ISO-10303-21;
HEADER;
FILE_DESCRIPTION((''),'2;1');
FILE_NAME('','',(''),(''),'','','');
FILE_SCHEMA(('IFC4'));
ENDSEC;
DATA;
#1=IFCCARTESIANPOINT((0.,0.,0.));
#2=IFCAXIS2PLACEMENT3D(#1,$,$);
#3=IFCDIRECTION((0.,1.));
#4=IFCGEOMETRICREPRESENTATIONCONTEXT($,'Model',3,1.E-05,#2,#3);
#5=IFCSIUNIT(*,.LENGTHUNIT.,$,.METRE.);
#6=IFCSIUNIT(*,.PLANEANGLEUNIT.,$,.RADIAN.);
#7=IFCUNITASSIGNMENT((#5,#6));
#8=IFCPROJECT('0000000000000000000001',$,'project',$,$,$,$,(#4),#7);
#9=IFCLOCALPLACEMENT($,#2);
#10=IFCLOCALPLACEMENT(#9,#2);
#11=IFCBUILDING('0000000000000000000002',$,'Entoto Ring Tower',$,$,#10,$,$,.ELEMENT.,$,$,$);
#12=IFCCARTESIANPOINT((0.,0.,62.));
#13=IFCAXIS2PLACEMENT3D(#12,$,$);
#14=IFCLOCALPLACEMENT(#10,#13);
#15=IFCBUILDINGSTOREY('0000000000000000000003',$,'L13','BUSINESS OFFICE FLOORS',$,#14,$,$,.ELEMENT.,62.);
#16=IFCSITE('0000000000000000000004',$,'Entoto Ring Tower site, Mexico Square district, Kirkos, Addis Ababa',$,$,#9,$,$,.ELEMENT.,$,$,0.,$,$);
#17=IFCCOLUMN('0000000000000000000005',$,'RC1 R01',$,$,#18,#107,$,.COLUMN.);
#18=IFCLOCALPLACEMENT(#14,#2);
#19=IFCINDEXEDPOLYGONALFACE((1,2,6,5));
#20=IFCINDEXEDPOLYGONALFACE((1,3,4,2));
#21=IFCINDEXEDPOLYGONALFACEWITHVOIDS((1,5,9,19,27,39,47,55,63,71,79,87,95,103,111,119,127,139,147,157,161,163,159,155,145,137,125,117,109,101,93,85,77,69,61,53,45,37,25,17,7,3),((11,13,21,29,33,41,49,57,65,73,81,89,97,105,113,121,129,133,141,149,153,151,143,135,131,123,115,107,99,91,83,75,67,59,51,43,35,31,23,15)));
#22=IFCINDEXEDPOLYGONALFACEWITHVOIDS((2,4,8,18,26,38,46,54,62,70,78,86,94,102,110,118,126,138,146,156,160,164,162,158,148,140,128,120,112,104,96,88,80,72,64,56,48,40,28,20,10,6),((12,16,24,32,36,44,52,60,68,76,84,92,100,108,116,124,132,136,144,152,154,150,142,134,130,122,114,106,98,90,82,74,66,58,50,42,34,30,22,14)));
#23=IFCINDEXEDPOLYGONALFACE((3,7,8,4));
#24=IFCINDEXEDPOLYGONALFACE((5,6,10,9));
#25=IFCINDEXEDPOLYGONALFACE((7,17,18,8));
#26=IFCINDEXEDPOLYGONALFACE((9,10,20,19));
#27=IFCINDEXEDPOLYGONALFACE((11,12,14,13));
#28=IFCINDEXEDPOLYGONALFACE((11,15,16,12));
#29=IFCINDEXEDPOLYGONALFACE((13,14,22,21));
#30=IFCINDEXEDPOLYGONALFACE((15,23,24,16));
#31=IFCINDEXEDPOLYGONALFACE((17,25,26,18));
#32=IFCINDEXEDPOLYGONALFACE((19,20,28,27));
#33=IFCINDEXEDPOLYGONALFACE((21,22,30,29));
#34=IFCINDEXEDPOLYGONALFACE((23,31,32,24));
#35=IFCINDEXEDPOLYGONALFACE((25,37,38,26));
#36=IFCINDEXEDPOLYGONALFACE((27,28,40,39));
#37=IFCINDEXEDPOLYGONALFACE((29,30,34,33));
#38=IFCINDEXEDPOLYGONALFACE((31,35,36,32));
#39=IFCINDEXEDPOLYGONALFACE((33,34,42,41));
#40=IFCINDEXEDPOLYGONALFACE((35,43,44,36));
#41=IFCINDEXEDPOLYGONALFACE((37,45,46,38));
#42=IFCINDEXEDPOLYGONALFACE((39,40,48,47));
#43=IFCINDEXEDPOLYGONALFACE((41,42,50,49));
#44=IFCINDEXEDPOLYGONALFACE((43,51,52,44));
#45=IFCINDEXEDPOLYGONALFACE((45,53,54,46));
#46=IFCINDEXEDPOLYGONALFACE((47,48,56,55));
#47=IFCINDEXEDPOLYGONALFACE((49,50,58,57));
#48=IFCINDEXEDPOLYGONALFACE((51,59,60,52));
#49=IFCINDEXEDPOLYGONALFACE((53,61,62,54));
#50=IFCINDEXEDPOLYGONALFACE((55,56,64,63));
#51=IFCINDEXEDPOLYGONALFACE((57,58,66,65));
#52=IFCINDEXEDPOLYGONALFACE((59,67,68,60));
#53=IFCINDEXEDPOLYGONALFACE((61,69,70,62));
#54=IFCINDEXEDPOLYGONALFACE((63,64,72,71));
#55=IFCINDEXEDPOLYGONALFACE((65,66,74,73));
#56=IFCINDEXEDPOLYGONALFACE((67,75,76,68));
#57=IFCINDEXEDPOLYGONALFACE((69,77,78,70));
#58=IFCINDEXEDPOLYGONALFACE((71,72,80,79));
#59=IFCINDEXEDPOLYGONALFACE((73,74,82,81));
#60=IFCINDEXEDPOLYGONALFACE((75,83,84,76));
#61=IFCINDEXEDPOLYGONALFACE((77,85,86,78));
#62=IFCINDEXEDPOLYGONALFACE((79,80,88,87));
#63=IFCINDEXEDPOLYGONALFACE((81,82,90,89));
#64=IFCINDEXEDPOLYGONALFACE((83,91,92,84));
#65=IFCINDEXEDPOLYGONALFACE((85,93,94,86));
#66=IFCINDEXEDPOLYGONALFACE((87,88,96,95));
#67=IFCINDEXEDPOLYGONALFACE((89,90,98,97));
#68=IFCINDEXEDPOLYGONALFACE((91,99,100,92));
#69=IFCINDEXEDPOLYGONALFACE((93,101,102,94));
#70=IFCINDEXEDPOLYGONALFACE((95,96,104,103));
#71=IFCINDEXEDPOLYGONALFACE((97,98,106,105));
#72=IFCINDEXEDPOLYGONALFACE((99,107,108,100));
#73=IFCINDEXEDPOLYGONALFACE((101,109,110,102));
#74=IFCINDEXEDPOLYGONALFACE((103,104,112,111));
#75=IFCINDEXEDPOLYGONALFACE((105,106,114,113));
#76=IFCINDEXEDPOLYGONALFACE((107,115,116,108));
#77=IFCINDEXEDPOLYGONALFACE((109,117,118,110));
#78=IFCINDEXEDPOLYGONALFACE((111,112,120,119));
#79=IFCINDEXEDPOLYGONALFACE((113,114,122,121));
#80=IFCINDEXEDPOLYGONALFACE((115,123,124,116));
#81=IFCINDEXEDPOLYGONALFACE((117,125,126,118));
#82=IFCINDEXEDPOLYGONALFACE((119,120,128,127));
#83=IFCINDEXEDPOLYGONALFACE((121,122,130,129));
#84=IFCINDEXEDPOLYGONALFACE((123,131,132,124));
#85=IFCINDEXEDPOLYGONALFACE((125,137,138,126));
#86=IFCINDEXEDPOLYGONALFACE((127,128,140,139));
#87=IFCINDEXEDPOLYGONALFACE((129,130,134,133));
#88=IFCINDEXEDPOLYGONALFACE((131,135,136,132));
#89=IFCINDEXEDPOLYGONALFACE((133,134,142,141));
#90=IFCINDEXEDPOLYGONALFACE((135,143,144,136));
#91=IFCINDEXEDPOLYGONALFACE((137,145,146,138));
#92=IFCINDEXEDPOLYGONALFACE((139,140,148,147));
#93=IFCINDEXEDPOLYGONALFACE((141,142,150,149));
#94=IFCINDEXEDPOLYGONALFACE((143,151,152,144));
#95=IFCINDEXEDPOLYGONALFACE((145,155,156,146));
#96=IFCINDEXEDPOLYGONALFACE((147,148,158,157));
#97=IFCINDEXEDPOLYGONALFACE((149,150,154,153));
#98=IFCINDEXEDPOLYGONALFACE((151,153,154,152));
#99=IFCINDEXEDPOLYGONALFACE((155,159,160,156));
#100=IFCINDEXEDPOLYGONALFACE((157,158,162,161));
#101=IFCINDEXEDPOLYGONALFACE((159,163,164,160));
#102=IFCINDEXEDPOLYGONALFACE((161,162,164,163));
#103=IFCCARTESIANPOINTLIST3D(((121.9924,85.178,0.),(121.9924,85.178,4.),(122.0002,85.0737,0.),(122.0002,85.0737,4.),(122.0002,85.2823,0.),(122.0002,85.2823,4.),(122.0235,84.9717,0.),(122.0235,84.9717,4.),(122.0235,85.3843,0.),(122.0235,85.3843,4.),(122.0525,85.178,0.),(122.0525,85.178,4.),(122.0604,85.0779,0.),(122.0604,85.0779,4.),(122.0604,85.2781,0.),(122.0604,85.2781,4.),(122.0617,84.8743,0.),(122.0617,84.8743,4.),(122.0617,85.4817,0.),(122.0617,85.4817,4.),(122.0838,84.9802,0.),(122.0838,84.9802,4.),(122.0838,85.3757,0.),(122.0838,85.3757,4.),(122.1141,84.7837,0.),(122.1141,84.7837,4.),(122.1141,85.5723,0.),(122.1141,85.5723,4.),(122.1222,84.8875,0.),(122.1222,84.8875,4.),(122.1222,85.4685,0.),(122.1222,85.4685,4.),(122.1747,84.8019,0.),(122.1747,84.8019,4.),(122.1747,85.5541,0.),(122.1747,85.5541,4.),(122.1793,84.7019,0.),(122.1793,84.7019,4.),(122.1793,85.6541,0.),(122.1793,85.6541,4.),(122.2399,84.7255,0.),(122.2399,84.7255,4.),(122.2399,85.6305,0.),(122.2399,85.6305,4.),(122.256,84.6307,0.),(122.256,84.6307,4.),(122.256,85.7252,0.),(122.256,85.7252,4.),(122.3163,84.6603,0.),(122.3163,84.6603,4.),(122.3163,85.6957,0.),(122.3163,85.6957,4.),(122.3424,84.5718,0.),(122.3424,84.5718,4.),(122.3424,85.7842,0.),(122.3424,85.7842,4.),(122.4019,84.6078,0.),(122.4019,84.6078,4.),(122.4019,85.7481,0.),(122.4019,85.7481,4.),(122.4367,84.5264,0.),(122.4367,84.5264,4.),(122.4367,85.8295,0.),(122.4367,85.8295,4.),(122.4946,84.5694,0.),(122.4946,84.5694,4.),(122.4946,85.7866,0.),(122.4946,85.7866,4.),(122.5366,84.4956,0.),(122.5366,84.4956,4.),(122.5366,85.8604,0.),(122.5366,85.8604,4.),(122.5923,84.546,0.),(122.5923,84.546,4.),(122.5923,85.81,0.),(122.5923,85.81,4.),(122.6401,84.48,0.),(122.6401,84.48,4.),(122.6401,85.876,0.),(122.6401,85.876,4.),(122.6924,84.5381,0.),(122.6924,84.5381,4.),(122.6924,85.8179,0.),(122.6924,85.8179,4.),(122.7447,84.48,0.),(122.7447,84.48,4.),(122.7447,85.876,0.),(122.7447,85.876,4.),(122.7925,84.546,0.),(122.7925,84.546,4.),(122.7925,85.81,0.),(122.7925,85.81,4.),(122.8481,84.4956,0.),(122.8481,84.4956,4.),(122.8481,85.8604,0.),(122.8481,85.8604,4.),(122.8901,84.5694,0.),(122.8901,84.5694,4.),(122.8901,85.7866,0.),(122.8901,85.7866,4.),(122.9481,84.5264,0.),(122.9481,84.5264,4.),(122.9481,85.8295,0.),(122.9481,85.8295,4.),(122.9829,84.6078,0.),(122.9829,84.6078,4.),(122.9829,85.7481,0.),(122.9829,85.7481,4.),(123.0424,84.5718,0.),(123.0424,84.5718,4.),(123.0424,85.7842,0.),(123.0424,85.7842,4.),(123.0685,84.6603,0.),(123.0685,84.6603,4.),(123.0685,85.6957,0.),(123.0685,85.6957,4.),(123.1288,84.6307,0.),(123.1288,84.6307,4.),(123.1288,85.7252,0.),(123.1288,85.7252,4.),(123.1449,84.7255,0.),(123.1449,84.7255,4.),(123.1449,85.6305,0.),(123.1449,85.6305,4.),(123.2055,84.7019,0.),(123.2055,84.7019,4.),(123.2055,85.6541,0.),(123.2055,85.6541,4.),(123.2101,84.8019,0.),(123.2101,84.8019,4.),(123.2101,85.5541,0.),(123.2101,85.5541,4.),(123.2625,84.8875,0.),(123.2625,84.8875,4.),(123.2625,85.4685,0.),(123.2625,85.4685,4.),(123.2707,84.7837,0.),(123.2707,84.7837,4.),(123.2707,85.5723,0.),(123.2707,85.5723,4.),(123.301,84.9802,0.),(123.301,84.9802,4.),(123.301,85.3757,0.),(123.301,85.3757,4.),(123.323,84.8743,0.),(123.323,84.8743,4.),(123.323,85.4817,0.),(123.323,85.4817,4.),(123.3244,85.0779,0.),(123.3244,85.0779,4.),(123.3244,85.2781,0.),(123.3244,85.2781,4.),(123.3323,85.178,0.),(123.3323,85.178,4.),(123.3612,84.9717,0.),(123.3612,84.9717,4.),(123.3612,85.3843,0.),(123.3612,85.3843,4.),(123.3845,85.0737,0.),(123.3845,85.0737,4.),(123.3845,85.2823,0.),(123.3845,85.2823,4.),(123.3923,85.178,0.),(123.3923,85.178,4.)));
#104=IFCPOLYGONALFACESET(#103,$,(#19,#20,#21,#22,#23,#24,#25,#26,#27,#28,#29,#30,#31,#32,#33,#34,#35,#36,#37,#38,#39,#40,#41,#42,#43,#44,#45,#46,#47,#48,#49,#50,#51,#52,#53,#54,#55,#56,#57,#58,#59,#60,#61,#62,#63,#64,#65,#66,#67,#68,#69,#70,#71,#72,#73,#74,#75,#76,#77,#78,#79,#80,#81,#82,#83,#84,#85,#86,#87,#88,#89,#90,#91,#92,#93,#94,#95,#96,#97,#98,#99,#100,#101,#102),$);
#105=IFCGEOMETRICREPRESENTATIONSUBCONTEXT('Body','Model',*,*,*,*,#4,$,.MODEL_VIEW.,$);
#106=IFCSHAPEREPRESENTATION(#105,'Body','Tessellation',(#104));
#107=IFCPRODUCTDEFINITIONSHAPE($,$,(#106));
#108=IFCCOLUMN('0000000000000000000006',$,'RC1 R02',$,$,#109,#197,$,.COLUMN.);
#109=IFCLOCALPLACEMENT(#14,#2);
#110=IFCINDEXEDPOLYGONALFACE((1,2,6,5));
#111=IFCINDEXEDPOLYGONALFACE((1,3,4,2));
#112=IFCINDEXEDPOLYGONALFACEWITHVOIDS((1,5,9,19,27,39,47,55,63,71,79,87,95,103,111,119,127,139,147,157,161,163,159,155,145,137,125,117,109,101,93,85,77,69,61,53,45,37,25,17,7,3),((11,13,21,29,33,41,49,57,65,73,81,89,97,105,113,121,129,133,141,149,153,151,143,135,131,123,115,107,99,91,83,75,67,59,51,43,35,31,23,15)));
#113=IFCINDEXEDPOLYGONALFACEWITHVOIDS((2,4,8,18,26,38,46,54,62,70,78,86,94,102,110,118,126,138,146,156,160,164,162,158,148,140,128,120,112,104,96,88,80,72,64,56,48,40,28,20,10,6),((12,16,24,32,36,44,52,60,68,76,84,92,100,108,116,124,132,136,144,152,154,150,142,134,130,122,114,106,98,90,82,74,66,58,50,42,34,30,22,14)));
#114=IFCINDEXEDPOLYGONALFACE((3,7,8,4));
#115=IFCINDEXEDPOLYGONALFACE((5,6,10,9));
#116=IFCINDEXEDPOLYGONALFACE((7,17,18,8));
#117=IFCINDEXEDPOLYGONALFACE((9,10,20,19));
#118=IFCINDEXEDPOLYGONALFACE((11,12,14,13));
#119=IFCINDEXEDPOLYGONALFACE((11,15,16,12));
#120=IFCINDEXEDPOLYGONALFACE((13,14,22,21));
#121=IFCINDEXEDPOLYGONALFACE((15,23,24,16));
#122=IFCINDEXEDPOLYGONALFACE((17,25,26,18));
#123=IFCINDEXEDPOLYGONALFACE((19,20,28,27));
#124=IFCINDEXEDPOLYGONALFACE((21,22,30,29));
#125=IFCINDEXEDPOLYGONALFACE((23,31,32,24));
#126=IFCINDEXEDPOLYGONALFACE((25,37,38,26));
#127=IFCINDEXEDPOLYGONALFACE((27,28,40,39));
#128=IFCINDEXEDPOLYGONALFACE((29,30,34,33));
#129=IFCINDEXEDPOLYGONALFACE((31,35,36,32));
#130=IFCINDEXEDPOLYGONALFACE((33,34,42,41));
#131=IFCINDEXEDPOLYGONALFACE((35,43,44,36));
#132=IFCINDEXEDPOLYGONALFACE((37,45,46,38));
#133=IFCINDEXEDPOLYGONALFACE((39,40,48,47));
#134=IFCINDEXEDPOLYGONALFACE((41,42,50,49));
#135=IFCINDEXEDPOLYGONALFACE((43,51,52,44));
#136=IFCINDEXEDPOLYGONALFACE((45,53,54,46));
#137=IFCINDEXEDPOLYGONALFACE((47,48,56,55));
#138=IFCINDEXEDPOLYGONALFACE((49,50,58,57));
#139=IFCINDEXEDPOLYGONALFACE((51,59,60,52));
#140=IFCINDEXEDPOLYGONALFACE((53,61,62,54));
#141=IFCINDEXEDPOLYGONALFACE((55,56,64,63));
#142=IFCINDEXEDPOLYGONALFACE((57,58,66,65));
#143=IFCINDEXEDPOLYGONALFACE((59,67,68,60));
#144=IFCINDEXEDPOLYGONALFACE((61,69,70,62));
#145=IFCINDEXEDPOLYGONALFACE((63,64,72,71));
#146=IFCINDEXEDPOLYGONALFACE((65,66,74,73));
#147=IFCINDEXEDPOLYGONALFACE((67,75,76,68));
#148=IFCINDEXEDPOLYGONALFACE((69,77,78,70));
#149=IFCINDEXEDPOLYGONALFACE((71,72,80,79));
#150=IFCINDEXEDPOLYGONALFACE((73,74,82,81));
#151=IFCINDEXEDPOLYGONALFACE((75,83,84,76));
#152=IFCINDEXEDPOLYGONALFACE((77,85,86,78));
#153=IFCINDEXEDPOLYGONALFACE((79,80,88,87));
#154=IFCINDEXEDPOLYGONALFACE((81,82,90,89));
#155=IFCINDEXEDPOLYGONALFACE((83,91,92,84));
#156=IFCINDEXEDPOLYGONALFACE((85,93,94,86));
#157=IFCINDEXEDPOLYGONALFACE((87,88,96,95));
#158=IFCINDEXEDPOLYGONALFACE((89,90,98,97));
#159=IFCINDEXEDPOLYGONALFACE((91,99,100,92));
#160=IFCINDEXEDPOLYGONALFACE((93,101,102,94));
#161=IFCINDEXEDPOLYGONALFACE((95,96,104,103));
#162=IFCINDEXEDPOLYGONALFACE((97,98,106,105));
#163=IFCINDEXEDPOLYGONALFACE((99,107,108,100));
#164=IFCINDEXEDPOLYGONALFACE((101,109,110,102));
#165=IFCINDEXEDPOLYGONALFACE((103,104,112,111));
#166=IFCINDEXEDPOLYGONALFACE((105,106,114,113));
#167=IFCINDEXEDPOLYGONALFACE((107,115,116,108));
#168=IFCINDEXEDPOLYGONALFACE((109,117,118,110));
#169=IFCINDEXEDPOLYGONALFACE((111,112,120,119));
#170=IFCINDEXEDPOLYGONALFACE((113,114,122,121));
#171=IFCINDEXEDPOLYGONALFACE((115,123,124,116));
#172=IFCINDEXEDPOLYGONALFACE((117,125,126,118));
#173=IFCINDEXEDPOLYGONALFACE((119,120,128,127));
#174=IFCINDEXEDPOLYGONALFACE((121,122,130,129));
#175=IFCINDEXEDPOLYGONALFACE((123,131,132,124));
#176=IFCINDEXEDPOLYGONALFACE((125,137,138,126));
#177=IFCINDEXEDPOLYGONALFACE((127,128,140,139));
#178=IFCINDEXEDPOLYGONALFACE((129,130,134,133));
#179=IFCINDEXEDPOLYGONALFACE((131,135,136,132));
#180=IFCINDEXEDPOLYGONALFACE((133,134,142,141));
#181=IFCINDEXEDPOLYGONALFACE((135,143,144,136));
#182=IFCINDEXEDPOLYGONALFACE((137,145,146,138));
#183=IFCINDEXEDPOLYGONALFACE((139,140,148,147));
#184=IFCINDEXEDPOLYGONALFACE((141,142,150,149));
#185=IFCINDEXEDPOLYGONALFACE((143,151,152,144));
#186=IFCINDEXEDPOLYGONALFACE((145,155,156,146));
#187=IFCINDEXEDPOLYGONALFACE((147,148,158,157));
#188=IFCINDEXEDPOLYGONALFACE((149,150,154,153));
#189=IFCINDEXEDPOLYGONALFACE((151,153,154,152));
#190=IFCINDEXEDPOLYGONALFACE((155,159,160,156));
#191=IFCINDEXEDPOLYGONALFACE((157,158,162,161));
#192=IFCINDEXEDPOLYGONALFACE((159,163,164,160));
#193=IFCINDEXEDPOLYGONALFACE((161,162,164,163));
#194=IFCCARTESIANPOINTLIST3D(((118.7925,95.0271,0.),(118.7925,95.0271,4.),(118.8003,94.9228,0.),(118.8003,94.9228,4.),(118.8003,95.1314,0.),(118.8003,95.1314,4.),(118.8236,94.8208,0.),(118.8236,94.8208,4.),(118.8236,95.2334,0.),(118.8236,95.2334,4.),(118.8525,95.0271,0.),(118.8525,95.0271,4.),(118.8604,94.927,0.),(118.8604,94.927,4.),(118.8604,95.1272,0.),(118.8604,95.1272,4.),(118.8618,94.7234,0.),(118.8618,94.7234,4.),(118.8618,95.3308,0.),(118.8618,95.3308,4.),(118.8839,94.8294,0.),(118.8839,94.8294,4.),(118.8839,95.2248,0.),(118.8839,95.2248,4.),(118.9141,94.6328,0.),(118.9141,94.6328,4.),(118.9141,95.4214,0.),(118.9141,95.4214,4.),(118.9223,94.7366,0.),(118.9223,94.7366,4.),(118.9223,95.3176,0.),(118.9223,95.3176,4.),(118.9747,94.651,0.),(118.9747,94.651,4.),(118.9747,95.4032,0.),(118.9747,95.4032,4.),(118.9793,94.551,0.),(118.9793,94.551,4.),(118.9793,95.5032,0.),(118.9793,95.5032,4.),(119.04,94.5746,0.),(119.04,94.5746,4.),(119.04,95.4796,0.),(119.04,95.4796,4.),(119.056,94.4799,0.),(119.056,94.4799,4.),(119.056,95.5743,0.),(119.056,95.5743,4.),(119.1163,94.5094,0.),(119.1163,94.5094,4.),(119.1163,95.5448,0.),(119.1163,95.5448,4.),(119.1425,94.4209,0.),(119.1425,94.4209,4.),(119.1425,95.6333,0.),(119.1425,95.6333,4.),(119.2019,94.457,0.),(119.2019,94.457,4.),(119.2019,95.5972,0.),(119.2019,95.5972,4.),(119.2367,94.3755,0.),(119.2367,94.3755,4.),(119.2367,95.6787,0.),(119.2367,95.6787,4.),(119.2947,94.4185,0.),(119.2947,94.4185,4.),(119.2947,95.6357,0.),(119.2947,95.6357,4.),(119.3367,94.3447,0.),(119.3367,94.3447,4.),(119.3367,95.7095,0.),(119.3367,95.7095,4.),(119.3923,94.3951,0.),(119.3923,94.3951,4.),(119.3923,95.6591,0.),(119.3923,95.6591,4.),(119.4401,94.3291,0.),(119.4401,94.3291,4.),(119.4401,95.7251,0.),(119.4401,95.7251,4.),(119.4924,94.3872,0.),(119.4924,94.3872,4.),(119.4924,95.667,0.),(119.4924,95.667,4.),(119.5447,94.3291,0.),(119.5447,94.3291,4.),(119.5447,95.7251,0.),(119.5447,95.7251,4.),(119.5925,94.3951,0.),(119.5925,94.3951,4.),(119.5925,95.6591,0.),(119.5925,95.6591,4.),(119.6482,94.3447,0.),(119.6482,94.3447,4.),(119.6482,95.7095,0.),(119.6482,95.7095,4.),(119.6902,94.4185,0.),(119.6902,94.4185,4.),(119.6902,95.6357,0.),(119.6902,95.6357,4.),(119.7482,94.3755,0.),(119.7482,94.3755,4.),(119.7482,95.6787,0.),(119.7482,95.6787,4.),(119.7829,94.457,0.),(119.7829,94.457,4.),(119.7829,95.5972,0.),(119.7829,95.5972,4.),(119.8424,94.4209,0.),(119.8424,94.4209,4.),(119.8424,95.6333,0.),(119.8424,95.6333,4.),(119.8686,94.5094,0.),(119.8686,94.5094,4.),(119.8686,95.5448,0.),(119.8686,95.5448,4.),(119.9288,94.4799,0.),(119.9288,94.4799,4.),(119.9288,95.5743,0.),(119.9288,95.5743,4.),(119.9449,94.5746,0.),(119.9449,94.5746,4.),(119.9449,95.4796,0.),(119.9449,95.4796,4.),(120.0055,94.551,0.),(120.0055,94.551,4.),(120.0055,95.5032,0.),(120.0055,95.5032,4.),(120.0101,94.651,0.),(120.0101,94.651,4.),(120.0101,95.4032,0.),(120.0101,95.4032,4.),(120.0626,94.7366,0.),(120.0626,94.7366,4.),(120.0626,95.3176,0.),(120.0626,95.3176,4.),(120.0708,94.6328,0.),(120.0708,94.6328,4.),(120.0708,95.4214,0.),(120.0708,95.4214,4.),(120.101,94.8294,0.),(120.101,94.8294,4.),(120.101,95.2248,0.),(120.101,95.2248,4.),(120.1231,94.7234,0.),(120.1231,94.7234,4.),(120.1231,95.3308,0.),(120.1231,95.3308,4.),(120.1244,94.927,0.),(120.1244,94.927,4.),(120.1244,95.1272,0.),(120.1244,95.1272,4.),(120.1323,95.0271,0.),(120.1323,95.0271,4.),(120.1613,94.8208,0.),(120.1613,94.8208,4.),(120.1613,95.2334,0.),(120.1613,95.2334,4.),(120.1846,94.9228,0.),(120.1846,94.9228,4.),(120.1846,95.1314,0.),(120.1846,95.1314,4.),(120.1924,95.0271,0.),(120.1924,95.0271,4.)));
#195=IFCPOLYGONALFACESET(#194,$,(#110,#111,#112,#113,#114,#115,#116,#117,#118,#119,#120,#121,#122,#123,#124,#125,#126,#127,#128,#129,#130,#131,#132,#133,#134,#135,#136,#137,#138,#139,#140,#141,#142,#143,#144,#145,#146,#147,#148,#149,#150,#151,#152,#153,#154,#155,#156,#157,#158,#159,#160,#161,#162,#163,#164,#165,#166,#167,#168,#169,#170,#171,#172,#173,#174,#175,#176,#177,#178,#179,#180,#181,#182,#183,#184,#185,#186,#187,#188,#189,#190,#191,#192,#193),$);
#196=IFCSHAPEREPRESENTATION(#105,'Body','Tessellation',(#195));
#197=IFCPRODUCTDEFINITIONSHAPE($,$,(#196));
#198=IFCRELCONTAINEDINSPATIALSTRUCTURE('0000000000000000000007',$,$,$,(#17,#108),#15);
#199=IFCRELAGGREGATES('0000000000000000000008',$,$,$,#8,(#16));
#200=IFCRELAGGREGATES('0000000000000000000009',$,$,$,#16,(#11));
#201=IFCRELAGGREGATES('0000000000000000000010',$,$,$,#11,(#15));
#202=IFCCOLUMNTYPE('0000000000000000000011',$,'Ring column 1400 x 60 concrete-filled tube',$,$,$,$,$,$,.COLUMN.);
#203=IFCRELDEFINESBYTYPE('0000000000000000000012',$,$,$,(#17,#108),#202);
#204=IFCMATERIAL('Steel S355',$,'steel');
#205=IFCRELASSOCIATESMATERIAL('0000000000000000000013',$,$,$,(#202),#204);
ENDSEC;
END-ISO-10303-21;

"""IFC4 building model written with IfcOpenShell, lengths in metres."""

from ifc_helpers import new_model, si_unit, direction, frame, origin, origin_2d, place, context, subcontext, project, spatial, circle, hollow_circle, extrude, material, material_profile, profile_set, type_object, element, save


model = new_model("IFC4")

# Units and contexts
model_context = context("Model", 3, precision=1e-05, world=origin(), true_north=direction((0.0, 1.0)))
body_context = subcontext(model_context, "Body", "Model", "MODEL_VIEW")
ifc_project = project(units=[si_unit("LENGTHUNIT", "METRE"), si_unit("PLANEANGLEUNIT", "RADIAN")], contexts=[model_context])

# Site, building, storey
site_placement = place(None, origin())
site = spatial("IfcSite", under=ifc_project, at=site_placement, Name="Entoto Ring Tower site, Mexico Square district, Kirkos, Addis Ababa", CompositionType="ELEMENT", RefElevation=0.0)
building_placement = place(site_placement, origin())
building = spatial("IfcBuilding", under=site, at=building_placement, Name="Entoto Ring Tower", CompositionType="ELEMENT")
storey_placement = place(building_placement, frame((0.0, 0.0, 62.0)))
storey = spatial("IfcBuildingStorey", under=building, at=storey_placement, Name="L13", Description="BUSINESS OFFICE FLOORS", CompositionType="ELEMENT", Elevation=62.0)

# Columns
ifc_material_1 = material(Name="Steel S355", Category="steel")
ifc_material_profile_1 = material_profile(ifc_material_1, hollow_circle(Radius=0.7, WallThickness=0.0601, at=origin_2d()), Name="CHS 1400 x 60")
ifc_material_2 = material(Name="Concrete C60/75", Category="concrete")
ifc_material_profile_2 = material_profile(ifc_material_2, circle(Radius=0.6399, at=origin_2d()), Name="Concrete C60/75 infill")
ifc_profile_set_1 = profile_set([ifc_material_profile_1, ifc_material_profile_2], Name="Steel S355")
column_type = type_object("IfcColumnType", Name="Ring column 1400 x 60 concrete-filled tube", PredefinedType="COLUMN", material=ifc_profile_set_1)
for number, where, z_axis, x_axis, name in (
    (1, (122.6924, 85.178, 0.0), (0.0, 0.0, 1.0), (1.0, 0.0, 0.0), "RC1 R01"),
    (2, (119.4924, 95.0271, 0.0), (0.0, 0.0, 1.0), (1.0, 0.0, 0.0), "RC1 R02"),
):
    element("IfcColumn", number, at=place(storey_placement, frame(where, z_axis=z_axis, x_axis=x_axis)), inside=storey, type_object=column_type, Name=name, PredefinedType="COLUMN", context=body_context, shape_type="SweptSolid", body=[
        extrude(hollow_circle(Radius=0.7, WallThickness=0.0601, at=origin_2d()), origin(), (0.0, 0.0, 1.0), 4.0),
    ])

save(model, "model.ifc")
